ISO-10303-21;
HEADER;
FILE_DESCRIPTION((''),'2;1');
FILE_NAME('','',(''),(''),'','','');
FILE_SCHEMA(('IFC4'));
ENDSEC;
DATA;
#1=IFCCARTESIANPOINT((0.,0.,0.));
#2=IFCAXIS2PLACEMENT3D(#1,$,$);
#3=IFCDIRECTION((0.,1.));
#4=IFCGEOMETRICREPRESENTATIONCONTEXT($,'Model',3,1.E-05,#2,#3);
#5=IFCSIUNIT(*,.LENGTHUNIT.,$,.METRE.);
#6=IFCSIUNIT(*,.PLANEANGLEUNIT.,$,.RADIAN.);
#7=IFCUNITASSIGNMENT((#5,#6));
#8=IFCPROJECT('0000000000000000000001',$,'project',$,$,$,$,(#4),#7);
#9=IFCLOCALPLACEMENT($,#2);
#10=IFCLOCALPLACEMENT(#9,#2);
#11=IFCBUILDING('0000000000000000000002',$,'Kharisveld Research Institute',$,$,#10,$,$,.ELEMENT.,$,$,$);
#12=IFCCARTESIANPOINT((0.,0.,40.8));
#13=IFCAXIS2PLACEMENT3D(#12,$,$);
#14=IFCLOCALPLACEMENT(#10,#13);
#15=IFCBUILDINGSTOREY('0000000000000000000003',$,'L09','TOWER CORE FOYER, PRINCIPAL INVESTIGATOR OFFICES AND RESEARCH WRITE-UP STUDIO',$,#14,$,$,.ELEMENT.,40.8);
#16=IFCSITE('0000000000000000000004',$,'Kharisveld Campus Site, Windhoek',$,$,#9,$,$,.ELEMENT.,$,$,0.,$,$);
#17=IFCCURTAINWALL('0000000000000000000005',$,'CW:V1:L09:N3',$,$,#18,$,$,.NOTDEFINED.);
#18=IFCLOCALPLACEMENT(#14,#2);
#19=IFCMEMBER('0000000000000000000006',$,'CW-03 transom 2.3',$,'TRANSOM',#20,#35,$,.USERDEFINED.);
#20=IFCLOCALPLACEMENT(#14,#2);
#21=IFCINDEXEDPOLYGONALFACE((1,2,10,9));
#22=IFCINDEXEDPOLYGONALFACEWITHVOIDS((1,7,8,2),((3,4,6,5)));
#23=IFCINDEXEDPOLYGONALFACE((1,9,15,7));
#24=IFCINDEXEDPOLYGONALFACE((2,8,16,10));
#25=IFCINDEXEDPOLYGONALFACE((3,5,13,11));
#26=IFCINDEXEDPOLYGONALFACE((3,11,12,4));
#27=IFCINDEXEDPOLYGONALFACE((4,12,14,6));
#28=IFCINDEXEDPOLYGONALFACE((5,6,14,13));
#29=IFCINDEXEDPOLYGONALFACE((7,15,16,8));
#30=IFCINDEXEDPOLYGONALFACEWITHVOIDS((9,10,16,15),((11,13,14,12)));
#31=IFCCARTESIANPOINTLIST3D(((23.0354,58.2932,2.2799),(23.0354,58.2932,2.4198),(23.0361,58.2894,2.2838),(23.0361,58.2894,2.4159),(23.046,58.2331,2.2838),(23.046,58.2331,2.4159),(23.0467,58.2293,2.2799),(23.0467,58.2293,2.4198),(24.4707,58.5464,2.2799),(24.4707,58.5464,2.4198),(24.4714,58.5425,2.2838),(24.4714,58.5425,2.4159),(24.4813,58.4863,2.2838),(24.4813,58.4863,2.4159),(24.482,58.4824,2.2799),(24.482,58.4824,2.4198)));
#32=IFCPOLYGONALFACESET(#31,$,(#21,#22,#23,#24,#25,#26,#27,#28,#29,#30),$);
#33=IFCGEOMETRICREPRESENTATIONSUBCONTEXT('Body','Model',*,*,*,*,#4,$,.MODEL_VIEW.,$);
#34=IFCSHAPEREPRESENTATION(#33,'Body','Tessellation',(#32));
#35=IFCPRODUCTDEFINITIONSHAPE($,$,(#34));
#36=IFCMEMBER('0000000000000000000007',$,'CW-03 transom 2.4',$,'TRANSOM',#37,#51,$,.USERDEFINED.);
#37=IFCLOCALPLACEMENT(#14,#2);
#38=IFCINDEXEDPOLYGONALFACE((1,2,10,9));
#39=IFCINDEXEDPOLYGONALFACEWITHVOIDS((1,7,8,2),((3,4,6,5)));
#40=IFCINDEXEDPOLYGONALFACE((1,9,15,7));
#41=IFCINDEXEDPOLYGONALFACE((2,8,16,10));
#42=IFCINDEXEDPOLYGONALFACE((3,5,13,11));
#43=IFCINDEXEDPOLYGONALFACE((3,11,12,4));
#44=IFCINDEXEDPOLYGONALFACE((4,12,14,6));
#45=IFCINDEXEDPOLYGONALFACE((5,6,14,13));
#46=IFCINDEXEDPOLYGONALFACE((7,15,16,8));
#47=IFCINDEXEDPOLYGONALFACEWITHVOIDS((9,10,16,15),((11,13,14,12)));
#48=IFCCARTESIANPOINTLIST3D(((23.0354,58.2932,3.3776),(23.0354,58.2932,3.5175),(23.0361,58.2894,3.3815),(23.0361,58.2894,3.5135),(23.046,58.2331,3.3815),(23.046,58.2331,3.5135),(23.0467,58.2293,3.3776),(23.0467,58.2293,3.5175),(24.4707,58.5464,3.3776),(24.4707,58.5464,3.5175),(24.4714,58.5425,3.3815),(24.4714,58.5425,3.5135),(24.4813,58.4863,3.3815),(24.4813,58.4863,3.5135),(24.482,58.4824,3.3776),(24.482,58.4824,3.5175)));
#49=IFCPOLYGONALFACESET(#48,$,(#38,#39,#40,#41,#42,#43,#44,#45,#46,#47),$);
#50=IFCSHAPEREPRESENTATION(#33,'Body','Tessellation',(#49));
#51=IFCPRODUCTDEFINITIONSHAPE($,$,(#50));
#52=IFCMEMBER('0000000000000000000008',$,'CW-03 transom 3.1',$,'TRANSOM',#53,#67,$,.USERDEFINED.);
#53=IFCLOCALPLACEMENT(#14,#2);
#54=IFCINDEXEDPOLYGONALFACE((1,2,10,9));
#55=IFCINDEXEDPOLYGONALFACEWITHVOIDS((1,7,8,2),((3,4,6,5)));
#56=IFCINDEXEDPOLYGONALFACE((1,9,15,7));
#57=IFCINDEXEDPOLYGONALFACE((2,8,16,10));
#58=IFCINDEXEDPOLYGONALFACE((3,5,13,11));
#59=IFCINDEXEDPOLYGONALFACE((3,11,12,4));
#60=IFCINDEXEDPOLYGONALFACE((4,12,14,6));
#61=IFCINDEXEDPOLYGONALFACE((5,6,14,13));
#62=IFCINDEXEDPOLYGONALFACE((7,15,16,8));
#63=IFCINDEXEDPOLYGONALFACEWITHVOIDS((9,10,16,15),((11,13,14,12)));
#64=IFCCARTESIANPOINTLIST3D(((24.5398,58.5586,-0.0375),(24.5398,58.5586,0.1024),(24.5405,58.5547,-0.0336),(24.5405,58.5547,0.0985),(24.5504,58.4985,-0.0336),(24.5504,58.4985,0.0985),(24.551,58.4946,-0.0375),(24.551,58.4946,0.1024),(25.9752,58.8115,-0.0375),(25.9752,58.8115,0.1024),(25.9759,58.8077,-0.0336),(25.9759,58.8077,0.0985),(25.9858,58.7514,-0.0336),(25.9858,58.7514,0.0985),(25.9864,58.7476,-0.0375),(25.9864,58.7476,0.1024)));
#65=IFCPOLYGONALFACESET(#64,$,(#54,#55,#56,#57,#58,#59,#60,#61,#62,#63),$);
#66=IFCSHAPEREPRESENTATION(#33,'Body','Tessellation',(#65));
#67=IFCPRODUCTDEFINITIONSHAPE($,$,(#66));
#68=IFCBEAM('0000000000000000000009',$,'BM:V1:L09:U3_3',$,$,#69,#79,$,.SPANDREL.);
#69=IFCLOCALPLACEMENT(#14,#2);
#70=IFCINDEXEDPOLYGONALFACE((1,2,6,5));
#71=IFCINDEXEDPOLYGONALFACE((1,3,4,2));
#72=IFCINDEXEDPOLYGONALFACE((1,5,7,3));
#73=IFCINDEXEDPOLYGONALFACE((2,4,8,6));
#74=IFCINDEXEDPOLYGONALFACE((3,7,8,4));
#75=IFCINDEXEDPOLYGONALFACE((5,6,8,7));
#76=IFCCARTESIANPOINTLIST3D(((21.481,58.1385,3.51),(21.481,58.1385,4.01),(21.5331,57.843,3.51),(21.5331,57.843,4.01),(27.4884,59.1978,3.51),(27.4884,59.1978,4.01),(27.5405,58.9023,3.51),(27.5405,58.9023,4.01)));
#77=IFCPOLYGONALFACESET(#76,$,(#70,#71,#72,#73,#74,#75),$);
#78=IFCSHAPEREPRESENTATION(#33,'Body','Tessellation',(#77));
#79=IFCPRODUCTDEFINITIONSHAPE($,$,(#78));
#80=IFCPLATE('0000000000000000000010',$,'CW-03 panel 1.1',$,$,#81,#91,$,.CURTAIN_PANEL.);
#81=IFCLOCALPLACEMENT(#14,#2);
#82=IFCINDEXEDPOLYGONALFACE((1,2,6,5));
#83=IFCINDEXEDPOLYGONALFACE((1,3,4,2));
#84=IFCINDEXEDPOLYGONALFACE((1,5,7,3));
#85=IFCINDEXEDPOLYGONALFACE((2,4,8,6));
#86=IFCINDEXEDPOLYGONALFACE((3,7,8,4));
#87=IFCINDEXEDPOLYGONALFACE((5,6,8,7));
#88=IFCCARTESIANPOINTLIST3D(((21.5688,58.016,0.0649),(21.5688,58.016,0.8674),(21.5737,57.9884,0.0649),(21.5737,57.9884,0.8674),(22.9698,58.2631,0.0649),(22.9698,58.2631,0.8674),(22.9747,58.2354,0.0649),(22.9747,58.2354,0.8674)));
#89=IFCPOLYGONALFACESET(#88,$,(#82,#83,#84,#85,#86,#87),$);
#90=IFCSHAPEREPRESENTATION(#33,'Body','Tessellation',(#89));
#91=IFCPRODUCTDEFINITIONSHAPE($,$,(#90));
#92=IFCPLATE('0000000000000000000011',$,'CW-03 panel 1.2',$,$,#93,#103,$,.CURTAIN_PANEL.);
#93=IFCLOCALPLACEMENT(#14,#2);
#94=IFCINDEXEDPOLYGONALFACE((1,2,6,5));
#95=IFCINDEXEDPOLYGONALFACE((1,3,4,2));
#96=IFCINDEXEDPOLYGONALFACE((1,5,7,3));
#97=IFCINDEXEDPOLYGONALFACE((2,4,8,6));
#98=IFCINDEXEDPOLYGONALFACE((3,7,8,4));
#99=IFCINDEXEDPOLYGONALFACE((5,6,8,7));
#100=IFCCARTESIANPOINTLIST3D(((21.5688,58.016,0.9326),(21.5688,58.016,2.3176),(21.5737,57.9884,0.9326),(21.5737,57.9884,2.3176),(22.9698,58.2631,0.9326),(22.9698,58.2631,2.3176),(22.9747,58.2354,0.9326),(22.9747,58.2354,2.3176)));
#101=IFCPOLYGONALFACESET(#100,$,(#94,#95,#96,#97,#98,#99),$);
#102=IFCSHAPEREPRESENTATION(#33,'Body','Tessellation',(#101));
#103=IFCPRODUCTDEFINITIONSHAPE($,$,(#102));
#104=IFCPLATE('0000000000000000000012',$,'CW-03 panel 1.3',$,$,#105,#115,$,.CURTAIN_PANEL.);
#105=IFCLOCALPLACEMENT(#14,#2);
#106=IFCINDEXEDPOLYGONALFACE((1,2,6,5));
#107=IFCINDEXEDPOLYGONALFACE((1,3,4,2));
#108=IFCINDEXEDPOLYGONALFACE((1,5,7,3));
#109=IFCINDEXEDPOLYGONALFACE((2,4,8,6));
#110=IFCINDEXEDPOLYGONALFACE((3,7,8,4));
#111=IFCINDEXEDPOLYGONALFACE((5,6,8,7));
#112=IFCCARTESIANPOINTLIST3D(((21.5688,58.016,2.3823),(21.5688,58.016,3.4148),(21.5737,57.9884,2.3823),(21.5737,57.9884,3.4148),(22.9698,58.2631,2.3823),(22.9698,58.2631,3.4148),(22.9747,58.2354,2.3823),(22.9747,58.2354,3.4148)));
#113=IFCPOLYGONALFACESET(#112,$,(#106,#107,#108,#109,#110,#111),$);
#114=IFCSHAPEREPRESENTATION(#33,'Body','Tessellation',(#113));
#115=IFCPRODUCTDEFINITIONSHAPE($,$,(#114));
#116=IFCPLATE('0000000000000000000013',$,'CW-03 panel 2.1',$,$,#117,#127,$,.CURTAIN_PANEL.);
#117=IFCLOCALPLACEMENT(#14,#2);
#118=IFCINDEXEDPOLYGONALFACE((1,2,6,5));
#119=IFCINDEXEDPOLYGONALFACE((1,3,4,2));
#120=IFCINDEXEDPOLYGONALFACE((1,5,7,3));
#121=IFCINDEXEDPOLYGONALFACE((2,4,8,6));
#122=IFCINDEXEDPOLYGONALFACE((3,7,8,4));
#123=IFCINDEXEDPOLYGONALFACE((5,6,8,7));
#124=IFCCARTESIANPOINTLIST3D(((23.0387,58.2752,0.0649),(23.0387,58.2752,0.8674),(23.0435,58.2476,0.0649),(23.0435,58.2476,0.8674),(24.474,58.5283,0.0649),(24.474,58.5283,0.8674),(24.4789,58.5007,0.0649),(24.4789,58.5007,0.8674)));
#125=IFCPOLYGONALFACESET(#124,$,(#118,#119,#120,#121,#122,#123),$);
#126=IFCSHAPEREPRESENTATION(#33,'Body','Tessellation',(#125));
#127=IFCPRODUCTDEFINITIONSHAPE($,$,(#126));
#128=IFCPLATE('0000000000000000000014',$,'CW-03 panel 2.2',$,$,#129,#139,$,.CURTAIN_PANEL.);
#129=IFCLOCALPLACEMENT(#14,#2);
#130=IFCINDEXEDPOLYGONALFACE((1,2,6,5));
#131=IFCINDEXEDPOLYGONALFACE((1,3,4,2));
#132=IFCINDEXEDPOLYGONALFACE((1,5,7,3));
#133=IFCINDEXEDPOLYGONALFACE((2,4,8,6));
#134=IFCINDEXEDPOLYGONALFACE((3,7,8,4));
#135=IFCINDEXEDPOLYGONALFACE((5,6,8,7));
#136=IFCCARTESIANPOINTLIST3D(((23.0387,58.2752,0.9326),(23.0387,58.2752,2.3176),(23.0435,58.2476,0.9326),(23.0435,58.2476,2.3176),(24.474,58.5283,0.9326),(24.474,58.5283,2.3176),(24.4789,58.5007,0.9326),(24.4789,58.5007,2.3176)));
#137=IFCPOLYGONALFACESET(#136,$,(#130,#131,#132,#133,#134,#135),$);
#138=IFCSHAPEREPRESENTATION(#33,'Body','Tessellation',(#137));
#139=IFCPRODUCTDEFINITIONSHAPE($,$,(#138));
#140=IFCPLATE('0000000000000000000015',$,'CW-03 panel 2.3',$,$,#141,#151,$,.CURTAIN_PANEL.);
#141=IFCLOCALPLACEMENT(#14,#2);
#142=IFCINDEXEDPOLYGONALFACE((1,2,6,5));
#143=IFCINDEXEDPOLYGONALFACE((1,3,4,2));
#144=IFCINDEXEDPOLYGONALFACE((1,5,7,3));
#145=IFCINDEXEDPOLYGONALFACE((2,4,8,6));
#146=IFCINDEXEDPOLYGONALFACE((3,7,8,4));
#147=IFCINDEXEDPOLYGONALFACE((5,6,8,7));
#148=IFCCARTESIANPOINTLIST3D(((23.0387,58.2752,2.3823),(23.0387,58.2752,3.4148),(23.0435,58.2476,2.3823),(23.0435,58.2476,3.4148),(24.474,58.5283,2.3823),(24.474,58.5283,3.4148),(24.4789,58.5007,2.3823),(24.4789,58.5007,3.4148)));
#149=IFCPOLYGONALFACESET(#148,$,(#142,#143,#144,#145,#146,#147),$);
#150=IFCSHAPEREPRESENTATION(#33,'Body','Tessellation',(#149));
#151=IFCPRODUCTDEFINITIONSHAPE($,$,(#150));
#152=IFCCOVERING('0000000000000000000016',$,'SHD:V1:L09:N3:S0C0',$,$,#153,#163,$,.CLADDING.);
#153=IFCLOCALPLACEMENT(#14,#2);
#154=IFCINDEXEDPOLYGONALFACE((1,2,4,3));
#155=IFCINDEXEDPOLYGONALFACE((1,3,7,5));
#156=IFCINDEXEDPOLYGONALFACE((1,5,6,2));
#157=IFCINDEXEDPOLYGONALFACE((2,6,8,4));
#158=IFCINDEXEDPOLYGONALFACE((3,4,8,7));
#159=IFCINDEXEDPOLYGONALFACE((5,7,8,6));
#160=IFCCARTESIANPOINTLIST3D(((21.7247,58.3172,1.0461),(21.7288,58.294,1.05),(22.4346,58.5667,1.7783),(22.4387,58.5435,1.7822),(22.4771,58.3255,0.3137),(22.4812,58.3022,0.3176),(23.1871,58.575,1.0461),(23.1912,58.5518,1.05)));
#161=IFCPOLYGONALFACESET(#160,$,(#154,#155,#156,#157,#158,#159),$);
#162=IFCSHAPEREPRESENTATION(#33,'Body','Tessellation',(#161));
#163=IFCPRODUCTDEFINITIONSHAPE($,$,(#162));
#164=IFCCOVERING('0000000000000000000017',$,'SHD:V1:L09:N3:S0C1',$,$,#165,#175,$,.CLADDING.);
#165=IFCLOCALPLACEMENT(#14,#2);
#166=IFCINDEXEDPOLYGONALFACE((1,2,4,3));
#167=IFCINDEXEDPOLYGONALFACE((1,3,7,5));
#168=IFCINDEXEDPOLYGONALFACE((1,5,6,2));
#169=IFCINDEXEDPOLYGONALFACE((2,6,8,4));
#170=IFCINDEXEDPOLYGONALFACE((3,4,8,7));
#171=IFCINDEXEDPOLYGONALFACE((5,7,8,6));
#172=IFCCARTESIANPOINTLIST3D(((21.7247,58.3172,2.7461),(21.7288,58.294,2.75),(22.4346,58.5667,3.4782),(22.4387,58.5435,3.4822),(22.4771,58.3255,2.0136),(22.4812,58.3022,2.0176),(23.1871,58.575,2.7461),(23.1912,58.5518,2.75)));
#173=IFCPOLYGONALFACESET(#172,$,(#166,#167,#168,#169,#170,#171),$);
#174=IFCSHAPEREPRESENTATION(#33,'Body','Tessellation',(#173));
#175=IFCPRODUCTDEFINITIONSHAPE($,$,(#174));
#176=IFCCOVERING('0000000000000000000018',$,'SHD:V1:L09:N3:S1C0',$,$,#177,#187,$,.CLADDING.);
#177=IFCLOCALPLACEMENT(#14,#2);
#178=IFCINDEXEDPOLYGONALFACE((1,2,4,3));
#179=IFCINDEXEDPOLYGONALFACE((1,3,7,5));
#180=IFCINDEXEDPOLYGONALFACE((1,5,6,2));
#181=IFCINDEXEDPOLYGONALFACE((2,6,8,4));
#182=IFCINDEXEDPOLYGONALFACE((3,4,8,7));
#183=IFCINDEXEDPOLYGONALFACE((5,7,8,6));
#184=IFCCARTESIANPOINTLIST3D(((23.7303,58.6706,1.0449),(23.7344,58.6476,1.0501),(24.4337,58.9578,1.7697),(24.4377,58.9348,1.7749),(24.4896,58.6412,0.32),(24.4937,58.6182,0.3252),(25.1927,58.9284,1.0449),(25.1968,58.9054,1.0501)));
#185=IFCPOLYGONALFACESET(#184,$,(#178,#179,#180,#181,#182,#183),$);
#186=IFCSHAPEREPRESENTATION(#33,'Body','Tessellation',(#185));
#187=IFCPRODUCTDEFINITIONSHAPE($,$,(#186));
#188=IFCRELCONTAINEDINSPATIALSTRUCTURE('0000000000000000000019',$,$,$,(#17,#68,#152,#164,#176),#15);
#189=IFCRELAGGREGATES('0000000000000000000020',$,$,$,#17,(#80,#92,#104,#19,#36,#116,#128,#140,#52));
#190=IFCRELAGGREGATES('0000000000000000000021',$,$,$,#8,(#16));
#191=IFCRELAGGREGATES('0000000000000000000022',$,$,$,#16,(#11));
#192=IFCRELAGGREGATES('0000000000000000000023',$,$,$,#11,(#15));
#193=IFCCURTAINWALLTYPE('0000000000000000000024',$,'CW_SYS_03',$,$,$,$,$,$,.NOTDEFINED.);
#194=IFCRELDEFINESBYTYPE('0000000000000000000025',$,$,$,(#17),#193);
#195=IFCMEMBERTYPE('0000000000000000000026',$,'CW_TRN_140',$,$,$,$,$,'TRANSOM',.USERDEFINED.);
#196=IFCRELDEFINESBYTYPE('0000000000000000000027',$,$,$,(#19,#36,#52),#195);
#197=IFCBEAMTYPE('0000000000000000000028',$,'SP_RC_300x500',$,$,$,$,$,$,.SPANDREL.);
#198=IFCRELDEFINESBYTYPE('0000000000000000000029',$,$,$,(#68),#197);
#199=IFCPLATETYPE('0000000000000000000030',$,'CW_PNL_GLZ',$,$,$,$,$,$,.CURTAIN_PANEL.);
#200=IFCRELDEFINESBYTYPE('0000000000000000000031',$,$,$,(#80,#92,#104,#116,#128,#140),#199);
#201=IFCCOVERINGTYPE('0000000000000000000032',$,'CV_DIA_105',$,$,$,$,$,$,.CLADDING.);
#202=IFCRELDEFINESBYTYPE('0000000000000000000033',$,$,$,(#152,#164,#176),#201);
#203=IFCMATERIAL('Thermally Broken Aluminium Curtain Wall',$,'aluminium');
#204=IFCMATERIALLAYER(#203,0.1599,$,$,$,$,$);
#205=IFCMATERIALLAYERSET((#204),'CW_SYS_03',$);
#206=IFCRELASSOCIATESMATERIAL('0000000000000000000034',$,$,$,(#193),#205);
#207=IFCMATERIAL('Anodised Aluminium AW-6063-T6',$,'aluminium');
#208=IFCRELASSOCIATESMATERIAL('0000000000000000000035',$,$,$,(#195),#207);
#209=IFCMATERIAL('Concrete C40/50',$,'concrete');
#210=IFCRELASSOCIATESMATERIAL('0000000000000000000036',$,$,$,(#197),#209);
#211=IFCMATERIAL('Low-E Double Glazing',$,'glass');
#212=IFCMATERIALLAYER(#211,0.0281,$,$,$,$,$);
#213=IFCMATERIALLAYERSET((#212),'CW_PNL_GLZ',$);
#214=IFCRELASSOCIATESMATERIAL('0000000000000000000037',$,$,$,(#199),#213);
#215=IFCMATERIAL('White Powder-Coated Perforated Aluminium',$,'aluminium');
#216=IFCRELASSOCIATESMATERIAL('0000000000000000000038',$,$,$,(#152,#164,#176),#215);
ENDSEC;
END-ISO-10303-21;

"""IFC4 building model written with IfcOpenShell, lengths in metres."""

from ifc_helpers import new_model, si_unit, direction, frame, origin, origin_2d, place, context, subcontext, project, spatial, polyline, rectangle, hollow_rectangle, outline, extrude, material, layer, layer_set, material_profile, profile_set, type_object, element, aggregate, save


model = new_model("IFC4")

# Units and contexts
model_context = context("Model", 3, precision=1e-05, world=origin(), true_north=direction((0.0, 1.0)))
body_context = subcontext(model_context, "Body", "Model", "MODEL_VIEW")
ifc_project = project(units=[si_unit("LENGTHUNIT", "METRE"), si_unit("PLANEANGLEUNIT", "RADIAN")], contexts=[model_context])

# Site, building, storey
site_placement = place(None, origin())
site = spatial("IfcSite", under=ifc_project, at=site_placement, Name="Kharisveld Campus Site, Windhoek", CompositionType="ELEMENT", RefElevation=0.0)
building_placement = place(site_placement, origin())
building = spatial("IfcBuilding", under=site, at=building_placement, Name="Kharisveld Research Institute", CompositionType="ELEMENT")
storey_placement = place(building_placement, frame((0.0, 0.0, 40.8)))
storey = spatial("IfcBuildingStorey", under=building, at=storey_placement, Name="L09", Description="TOWER CORE FOYER, PRINCIPAL INVESTIGATOR OFFICES AND RESEARCH WRITE-UP STUDIO", CompositionType="ELEMENT", Elevation=40.8)

# Curtain wall, members
ifc_material_1 = material(Name="Thermally Broken Aluminium Curtain Wall", Category="aluminium")
ifc_layer_1 = layer(ifc_material_1, 0.1599)
ifc_layer_set_1 = layer_set([ifc_layer_1], Name="CW_SYS_03")
curtain_wall_type_1 = type_object("IfcCurtainWallType", Name="CW_SYS_03", PredefinedType="NOTDEFINED", material=ifc_layer_set_1)
curtain_wall_1_placement = place(storey_placement, origin())
curtain_wall_1 = element("IfcCurtainWall", 1, at=curtain_wall_1_placement, inside=storey, type_object=curtain_wall_type_1, Name="CW:V1:L09:N3", PredefinedType="NOTDEFINED")
ifc_material_2 = material(Name="Anodised Aluminium AW-6063-T6", Category="aluminium")
ifc_material_profile_1 = material_profile(ifc_material_2, hollow_rectangle(XDim=0.0649, YDim=0.1399, WallThickness=0.0039, at=origin_2d()))
ifc_profile_set_1 = profile_set([ifc_material_profile_1], Name="Anodised Aluminium AW-6063-T6")
member_type_1 = type_object("IfcMemberType", Name="CW_TRN_140", ElementType="TRANSOM", PredefinedType="USERDEFINED", material=ifc_profile_set_1)
member_1_placement = place(storey_placement, frame((23.041, 58.2612, 2.3499), z_axis=(0.984797, 0.173709, 0.0), x_axis=(-0.173709, 0.984797, 0.0)))
member_1 = element("IfcMember", 2, at=member_1_placement, type_object=member_type_1, Name="CW-03 transom 2.3", ObjectType="TRANSOM", PredefinedType="USERDEFINED", context=body_context, shape_type="SweptSolid", body=[
    extrude(hollow_rectangle(XDim=0.0649, YDim=0.1399, WallThickness=0.0039, at=origin_2d()), origin(), (0.0, 0.0, 1.0), 1.4575),
])
member_2_placement = place(storey_placement, frame((23.041, 58.2612, 3.4475), z_axis=(0.984797, 0.173709, 0.0), x_axis=(-0.173709, 0.984797, 0.0)))
member_2 = element("IfcMember", 3, at=member_2_placement, type_object=member_type_1, Name="CW-03 transom 2.4", ObjectType="TRANSOM", PredefinedType="USERDEFINED", context=body_context, shape_type="SweptSolid", body=[
    extrude(hollow_rectangle(XDim=0.0649, YDim=0.1399, WallThickness=0.0039, at=origin_2d()), origin(), (0.0, 0.0, 1.0), 1.4575),
])
member_3_placement = place(storey_placement, frame((24.5454, 58.5266, 0.0325), z_axis=(0.984826, 0.173546, 0.0), x_axis=(-0.173546, 0.984826, 0.0)))
member_3 = element("IfcMember", 4, at=member_3_placement, type_object=member_type_1, Name="CW-03 transom 3.1", ObjectType="TRANSOM", PredefinedType="USERDEFINED", context=body_context, shape_type="SweptSolid", body=[
    extrude(hollow_rectangle(XDim=0.0649, YDim=0.1399, WallThickness=0.0039, at=origin_2d()), origin(), (0.0, 0.0, 1.0), 1.4575),
])

# Beam
ifc_material_3 = material(Name="Concrete C40/50", Category="concrete")
ifc_material_profile_2 = material_profile(ifc_material_3, rectangle(XDim=0.3, YDim=0.5, at=origin_2d()))
ifc_profile_set_2 = profile_set([ifc_material_profile_2], Name="Concrete C40/50")
beam_type = type_object("IfcBeamType", Name="SP_RC_300x500", PredefinedType="SPANDREL", material=ifc_profile_set_2)
beam_placement = place(storey_placement, frame((21.5071, 57.9907, 3.76), z_axis=(0.984806, 0.17366, 0.0), x_axis=(-0.17366, 0.984806, 0.0)))
element("IfcBeam", 5, at=beam_placement, inside=storey, type_object=beam_type, Name="BM:V1:L09:U3_3", PredefinedType="SPANDREL", context=body_context, shape_type="SweptSolid", body=[
    extrude(rectangle(XDim=0.3, YDim=0.5, at=origin_2d()), origin(), (0.0, 0.0, 1.0), 6.1001),
])

# Plates
ifc_material_4 = material(Name="Low-E Double Glazing", Category="glass")
ifc_layer_2 = layer(ifc_material_4, 0.0281)
ifc_layer_set_2 = layer_set([ifc_layer_2], Name="CW_PNL_GLZ")
plate_type = type_object("IfcPlateType", Name="CW_PNL_GLZ", PredefinedType="CURTAIN_PANEL", material=ifc_layer_set_2)
plate_1_placement = place(storey_placement, frame((22.2717, 58.1257, 0.0649), z_axis=(0.0, 0.0, 1.0), x_axis=(0.984808, 0.173648, 0.0)))
plate_1 = element("IfcPlate", 6, at=plate_1_placement, type_object=plate_type, Name="CW-03 panel 1.1", PredefinedType="CURTAIN_PANEL", context=body_context, shape_type="SweptSolid", body=[
    extrude(rectangle(XDim=1.4226, YDim=0.0281, at=origin_2d()), origin(), (0.0, 0.0, 1.0), 0.8025),
])
plate_2_placement = place(storey_placement, frame((22.2717, 58.1257, 0.9326), z_axis=(0.0, 0.0, 1.0), x_axis=(0.984808, 0.173648, 0.0)))
plate_2 = element("IfcPlate", 7, at=plate_2_placement, type_object=plate_type, Name="CW-03 panel 1.2", PredefinedType="CURTAIN_PANEL", context=body_context, shape_type="SweptSolid", body=[
    extrude(rectangle(XDim=1.4226, YDim=0.0281, at=origin_2d()), origin(), (0.0, 0.0, 1.0), 1.385),
])
plate_3_placement = place(storey_placement, frame((22.2717, 58.1257, 2.3823), z_axis=(0.0, 0.0, 1.0), x_axis=(0.984808, 0.173648, 0.0)))
plate_3 = element("IfcPlate", 8, at=plate_3_placement, type_object=plate_type, Name="CW-03 panel 1.3", PredefinedType="CURTAIN_PANEL", context=body_context, shape_type="SweptSolid", body=[
    extrude(rectangle(XDim=1.4226, YDim=0.0281, at=origin_2d()), origin(), (0.0, 0.0, 1.0), 1.0325),
])
plate_4_placement = place(storey_placement, frame((23.7588, 58.3879, 0.0649), z_axis=(0.0, 0.0, 1.0), x_axis=(0.984808, 0.173648, 0.0)))
plate_4 = element("IfcPlate", 9, at=plate_4_placement, type_object=plate_type, Name="CW-03 panel 2.1", PredefinedType="CURTAIN_PANEL", context=body_context, shape_type="SweptSolid", body=[
    extrude(rectangle(XDim=1.4575, YDim=0.0281, at=origin_2d()), origin(), (0.0, 0.0, 1.0), 0.8025),
])
plate_5_placement = place(storey_placement, frame((23.7588, 58.3879, 0.9326), z_axis=(0.0, 0.0, 1.0), x_axis=(0.984808, 0.173648, 0.0)))
plate_5 = element("IfcPlate", 10, at=plate_5_placement, type_object=plate_type, Name="CW-03 panel 2.2", PredefinedType="CURTAIN_PANEL", context=body_context, shape_type="SweptSolid", body=[
    extrude(rectangle(XDim=1.4575, YDim=0.0281, at=origin_2d()), origin(), (0.0, 0.0, 1.0), 1.385),
])
plate_6_placement = place(storey_placement, frame((23.7588, 58.3879, 2.3823), z_axis=(0.0, 0.0, 1.0), x_axis=(0.984808, 0.173648, 0.0)))
plate_6 = element("IfcPlate", 11, at=plate_6_placement, type_object=plate_type, Name="CW-03 panel 2.3", PredefinedType="CURTAIN_PANEL", context=body_context, shape_type="SweptSolid", body=[
    extrude(rectangle(XDim=1.4575, YDim=0.0281, at=origin_2d()), origin(), (0.0, 0.0, 1.0), 1.0325),
])
aggregate(curtain_wall_1, [plate_1, plate_2, plate_3, member_1, member_2, plate_4, plate_5, plate_6, member_3])

# Coverings
ifc_material_5 = material(Name="White Powder-Coated Perforated Aluminium", Category="aluminium")
covering_type = type_object("IfcCoveringType", Name="CV_DIA_105", PredefinedType="CLADDING")
for number, where, z_axis, x_axis, name in (
    (12, (22.4812, 58.3022, 0.3176), (0.171239, -0.971325, 0.164938), (0.676076, 0.237623, 0.697465), "SHD:V1:L09:N3:S0C0"),
    (13, (22.4812, 58.3022, 2.0176), (0.171239, -0.971325, 0.164938), (0.676076, 0.237623, 0.697465), "SHD:V1:L09:N3:S0C1"),
):
    element("IfcCovering", number, at=place(storey_placement, frame(where, z_axis=z_axis, x_axis=x_axis)), inside=storey, type_object=covering_type, material=ifc_material_5, Name=name, PredefinedType="CLADDING", context=body_context, shape_type="SweptSolid", body=[
        extrude(outline(polyline([(0.0, 0.0), (1.0501, 0.0), (1.0501, 1.0499), (0.0002, 1.0501), (0.0, 0.0)])), origin(), (0.0, 0.0, -1.0), 0.0239),
    ])
for number, where, z_axis, x_axis, name in (
    (14, (24.4937, 58.6182, 0.3252), (0.169497, -0.961447, 0.21654), (0.669705, 0.27356, 0.690406), "SHD:V1:L09:N3:S1C0"),
):
    element("IfcCovering", number, at=place(storey_placement, frame(where, z_axis=z_axis, x_axis=x_axis)), inside=storey, type_object=covering_type, material=ifc_material_5, Name=name, PredefinedType="CLADDING", context=body_context, shape_type="SweptSolid", body=[
        extrude(outline(polyline([(0.0, 0.0), (1.0499, 0.0), (1.0501, 1.05), (0.0, 1.0501), (0.0, 0.0)])), origin(), (0.0, 0.0, -1.0), 0.0239),
    ])

save(model, "model.ifc")
